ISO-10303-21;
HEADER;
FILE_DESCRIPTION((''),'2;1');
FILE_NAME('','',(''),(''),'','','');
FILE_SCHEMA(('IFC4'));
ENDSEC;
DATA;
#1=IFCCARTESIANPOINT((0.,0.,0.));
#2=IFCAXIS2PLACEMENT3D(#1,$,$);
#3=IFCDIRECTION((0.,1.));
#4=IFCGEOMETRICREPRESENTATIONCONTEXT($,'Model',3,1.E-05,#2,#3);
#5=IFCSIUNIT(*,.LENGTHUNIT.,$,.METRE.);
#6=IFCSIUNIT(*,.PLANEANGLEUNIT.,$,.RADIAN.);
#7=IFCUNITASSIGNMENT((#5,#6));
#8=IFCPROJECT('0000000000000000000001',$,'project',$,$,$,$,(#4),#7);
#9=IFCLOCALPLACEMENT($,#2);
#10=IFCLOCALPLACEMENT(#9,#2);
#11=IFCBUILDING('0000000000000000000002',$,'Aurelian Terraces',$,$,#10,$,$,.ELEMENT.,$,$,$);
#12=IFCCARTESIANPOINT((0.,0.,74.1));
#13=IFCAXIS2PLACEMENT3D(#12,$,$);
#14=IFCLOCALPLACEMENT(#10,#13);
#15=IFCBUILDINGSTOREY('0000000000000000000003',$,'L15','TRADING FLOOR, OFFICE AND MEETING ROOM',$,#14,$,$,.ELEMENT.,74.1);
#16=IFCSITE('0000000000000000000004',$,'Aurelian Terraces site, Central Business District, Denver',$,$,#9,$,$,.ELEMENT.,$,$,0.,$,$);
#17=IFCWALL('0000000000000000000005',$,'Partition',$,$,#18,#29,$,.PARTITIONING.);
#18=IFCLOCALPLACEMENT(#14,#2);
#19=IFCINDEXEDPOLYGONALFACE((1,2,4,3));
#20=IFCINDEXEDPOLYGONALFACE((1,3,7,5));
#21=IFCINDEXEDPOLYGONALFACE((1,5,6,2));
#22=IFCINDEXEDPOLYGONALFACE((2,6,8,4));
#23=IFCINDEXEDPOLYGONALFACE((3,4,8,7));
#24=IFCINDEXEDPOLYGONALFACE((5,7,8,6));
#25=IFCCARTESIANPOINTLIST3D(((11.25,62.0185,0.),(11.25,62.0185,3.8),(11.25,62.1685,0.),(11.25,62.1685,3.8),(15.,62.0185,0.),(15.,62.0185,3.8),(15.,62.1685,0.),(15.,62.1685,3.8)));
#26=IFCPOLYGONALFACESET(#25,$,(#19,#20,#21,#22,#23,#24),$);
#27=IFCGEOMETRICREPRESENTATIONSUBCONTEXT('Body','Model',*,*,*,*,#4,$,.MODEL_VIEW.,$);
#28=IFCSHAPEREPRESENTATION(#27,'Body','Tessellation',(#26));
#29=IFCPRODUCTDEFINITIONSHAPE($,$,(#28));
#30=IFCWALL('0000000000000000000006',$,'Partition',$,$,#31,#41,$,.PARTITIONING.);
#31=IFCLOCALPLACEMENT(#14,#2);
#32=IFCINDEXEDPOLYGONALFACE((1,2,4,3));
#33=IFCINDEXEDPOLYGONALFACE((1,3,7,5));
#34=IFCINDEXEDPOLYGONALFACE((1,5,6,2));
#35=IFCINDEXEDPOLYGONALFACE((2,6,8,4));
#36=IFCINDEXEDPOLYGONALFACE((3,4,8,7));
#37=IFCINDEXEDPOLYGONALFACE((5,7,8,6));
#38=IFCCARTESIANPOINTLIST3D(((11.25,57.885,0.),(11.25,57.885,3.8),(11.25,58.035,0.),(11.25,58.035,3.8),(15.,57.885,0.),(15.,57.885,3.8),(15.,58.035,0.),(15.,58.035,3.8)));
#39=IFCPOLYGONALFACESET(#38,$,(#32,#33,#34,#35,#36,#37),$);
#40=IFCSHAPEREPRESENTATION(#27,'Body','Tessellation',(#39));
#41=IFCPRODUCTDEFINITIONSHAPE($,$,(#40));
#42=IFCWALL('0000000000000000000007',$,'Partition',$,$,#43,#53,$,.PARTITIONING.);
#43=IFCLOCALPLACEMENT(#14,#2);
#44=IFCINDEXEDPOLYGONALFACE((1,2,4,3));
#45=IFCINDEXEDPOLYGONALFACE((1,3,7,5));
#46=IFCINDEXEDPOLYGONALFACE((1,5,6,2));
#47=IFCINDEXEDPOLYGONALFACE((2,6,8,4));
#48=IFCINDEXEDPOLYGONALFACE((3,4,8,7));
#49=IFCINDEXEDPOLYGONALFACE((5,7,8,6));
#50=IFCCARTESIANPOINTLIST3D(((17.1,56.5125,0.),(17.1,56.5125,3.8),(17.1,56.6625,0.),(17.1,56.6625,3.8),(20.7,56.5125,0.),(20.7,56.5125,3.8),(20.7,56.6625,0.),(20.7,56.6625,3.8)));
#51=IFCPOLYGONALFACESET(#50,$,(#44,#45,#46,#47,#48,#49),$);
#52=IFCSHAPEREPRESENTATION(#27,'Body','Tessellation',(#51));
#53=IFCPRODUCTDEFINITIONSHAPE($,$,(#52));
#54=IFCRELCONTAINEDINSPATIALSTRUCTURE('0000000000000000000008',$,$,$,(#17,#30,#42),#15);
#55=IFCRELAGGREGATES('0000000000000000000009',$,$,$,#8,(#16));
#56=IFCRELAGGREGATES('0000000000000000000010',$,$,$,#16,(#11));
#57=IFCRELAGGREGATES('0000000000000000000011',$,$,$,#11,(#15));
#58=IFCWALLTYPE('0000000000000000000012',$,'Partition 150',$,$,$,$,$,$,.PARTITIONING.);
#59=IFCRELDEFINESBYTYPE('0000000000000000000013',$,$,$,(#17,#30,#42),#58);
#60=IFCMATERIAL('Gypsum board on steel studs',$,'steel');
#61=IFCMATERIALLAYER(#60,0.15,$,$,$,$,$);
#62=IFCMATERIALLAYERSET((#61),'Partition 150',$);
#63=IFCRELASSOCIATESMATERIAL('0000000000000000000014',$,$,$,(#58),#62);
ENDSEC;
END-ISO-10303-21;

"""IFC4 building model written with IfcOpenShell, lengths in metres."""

from ifc_helpers import new_model, si_unit, direction, frame, frame_2d, origin, place, context, subcontext, project, spatial, rectangle, extrude, source, transform, mapped, material, layer, layer_set, type_object, element, save


model = new_model("IFC4")

# Units and contexts
model_context = context("Model", 3, precision=1e-05, world=origin(), true_north=direction((0.0, 1.0)))
body_context = subcontext(model_context, "Body", "Model", "MODEL_VIEW")
ifc_project = project(units=[si_unit("LENGTHUNIT", "METRE"), si_unit("PLANEANGLEUNIT", "RADIAN")], contexts=[model_context])

# Site, building, storey
site_placement = place(None, origin())
site = spatial("IfcSite", under=ifc_project, at=site_placement, Name="Aurelian Terraces site, Central Business District, Denver", CompositionType="ELEMENT", RefElevation=0.0)
building_placement = place(site_placement, origin())
building = spatial("IfcBuilding", under=site, at=building_placement, Name="Aurelian Terraces", CompositionType="ELEMENT")
storey_placement = place(building_placement, frame((0.0, 0.0, 74.1)))
storey = spatial("IfcBuildingStorey", under=building, at=storey_placement, Name="L15", Description="TRADING FLOOR, OFFICE AND MEETING ROOM", CompositionType="ELEMENT", Elevation=74.1)

# Walls
ifc_material_1 = material(Name="Gypsum board on steel studs", Category="steel")
ifc_layer_1 = layer(ifc_material_1, 0.15)
ifc_layer_set_1 = layer_set([ifc_layer_1], Name="Partition 150")
wall_type_1 = type_object("IfcWallType", Name="Partition 150", PredefinedType="PARTITIONING", material=ifc_layer_set_1)
shared_shape_1 = source(origin(), body_context, "Body", "SweptSolid", [
    extrude(rectangle(XDim=3.75, YDim=0.15, at=frame_2d((1.875, 0.0))), origin(), (0.0, 0.0, 1.0), 3.8),
])
for number, where, z_axis, x_axis, name in (
    (1, (15.0, 62.0935, 0.0), (0.0, 0.0, 1.0), (-1.0, 0.0, 0.0), "Partition"),
    (2, (15.0, 57.96, 0.0), (0.0, 0.0, 1.0), (-1.0, 0.0, 0.0), "Partition"),
):
    element("IfcWall", number, at=place(storey_placement, frame(where, z_axis=z_axis, x_axis=x_axis)), inside=storey, type_object=wall_type_1, Name=name, PredefinedType="PARTITIONING", context=body_context, shape_type="MappedRepresentation", body=[
        mapped(shared_shape_1, transform((0.0, 0.0, 0.0), scale=1.0)),
    ])
shared_shape_2 = source(origin(), body_context, "Body", "SweptSolid", [
    extrude(rectangle(XDim=3.6, YDim=0.15, at=frame_2d((1.8, 0.0))), origin(), (0.0, 0.0, 1.0), 3.8),
])
wall_1_placement = place(storey_placement, frame((17.1, 56.5875, 0.0), z_axis=(0.0, 0.0, 1.0), x_axis=(1.0, 0.0, 0.0)))
element("IfcWall", 3, at=wall_1_placement, inside=storey, type_object=wall_type_1, Name="Partition", PredefinedType="PARTITIONING", context=body_context, shape_type="MappedRepresentation", body=[
    mapped(shared_shape_2, transform((0.0, 0.0, 0.0), scale=1.0)),
])

save(model, "model.ifc")
